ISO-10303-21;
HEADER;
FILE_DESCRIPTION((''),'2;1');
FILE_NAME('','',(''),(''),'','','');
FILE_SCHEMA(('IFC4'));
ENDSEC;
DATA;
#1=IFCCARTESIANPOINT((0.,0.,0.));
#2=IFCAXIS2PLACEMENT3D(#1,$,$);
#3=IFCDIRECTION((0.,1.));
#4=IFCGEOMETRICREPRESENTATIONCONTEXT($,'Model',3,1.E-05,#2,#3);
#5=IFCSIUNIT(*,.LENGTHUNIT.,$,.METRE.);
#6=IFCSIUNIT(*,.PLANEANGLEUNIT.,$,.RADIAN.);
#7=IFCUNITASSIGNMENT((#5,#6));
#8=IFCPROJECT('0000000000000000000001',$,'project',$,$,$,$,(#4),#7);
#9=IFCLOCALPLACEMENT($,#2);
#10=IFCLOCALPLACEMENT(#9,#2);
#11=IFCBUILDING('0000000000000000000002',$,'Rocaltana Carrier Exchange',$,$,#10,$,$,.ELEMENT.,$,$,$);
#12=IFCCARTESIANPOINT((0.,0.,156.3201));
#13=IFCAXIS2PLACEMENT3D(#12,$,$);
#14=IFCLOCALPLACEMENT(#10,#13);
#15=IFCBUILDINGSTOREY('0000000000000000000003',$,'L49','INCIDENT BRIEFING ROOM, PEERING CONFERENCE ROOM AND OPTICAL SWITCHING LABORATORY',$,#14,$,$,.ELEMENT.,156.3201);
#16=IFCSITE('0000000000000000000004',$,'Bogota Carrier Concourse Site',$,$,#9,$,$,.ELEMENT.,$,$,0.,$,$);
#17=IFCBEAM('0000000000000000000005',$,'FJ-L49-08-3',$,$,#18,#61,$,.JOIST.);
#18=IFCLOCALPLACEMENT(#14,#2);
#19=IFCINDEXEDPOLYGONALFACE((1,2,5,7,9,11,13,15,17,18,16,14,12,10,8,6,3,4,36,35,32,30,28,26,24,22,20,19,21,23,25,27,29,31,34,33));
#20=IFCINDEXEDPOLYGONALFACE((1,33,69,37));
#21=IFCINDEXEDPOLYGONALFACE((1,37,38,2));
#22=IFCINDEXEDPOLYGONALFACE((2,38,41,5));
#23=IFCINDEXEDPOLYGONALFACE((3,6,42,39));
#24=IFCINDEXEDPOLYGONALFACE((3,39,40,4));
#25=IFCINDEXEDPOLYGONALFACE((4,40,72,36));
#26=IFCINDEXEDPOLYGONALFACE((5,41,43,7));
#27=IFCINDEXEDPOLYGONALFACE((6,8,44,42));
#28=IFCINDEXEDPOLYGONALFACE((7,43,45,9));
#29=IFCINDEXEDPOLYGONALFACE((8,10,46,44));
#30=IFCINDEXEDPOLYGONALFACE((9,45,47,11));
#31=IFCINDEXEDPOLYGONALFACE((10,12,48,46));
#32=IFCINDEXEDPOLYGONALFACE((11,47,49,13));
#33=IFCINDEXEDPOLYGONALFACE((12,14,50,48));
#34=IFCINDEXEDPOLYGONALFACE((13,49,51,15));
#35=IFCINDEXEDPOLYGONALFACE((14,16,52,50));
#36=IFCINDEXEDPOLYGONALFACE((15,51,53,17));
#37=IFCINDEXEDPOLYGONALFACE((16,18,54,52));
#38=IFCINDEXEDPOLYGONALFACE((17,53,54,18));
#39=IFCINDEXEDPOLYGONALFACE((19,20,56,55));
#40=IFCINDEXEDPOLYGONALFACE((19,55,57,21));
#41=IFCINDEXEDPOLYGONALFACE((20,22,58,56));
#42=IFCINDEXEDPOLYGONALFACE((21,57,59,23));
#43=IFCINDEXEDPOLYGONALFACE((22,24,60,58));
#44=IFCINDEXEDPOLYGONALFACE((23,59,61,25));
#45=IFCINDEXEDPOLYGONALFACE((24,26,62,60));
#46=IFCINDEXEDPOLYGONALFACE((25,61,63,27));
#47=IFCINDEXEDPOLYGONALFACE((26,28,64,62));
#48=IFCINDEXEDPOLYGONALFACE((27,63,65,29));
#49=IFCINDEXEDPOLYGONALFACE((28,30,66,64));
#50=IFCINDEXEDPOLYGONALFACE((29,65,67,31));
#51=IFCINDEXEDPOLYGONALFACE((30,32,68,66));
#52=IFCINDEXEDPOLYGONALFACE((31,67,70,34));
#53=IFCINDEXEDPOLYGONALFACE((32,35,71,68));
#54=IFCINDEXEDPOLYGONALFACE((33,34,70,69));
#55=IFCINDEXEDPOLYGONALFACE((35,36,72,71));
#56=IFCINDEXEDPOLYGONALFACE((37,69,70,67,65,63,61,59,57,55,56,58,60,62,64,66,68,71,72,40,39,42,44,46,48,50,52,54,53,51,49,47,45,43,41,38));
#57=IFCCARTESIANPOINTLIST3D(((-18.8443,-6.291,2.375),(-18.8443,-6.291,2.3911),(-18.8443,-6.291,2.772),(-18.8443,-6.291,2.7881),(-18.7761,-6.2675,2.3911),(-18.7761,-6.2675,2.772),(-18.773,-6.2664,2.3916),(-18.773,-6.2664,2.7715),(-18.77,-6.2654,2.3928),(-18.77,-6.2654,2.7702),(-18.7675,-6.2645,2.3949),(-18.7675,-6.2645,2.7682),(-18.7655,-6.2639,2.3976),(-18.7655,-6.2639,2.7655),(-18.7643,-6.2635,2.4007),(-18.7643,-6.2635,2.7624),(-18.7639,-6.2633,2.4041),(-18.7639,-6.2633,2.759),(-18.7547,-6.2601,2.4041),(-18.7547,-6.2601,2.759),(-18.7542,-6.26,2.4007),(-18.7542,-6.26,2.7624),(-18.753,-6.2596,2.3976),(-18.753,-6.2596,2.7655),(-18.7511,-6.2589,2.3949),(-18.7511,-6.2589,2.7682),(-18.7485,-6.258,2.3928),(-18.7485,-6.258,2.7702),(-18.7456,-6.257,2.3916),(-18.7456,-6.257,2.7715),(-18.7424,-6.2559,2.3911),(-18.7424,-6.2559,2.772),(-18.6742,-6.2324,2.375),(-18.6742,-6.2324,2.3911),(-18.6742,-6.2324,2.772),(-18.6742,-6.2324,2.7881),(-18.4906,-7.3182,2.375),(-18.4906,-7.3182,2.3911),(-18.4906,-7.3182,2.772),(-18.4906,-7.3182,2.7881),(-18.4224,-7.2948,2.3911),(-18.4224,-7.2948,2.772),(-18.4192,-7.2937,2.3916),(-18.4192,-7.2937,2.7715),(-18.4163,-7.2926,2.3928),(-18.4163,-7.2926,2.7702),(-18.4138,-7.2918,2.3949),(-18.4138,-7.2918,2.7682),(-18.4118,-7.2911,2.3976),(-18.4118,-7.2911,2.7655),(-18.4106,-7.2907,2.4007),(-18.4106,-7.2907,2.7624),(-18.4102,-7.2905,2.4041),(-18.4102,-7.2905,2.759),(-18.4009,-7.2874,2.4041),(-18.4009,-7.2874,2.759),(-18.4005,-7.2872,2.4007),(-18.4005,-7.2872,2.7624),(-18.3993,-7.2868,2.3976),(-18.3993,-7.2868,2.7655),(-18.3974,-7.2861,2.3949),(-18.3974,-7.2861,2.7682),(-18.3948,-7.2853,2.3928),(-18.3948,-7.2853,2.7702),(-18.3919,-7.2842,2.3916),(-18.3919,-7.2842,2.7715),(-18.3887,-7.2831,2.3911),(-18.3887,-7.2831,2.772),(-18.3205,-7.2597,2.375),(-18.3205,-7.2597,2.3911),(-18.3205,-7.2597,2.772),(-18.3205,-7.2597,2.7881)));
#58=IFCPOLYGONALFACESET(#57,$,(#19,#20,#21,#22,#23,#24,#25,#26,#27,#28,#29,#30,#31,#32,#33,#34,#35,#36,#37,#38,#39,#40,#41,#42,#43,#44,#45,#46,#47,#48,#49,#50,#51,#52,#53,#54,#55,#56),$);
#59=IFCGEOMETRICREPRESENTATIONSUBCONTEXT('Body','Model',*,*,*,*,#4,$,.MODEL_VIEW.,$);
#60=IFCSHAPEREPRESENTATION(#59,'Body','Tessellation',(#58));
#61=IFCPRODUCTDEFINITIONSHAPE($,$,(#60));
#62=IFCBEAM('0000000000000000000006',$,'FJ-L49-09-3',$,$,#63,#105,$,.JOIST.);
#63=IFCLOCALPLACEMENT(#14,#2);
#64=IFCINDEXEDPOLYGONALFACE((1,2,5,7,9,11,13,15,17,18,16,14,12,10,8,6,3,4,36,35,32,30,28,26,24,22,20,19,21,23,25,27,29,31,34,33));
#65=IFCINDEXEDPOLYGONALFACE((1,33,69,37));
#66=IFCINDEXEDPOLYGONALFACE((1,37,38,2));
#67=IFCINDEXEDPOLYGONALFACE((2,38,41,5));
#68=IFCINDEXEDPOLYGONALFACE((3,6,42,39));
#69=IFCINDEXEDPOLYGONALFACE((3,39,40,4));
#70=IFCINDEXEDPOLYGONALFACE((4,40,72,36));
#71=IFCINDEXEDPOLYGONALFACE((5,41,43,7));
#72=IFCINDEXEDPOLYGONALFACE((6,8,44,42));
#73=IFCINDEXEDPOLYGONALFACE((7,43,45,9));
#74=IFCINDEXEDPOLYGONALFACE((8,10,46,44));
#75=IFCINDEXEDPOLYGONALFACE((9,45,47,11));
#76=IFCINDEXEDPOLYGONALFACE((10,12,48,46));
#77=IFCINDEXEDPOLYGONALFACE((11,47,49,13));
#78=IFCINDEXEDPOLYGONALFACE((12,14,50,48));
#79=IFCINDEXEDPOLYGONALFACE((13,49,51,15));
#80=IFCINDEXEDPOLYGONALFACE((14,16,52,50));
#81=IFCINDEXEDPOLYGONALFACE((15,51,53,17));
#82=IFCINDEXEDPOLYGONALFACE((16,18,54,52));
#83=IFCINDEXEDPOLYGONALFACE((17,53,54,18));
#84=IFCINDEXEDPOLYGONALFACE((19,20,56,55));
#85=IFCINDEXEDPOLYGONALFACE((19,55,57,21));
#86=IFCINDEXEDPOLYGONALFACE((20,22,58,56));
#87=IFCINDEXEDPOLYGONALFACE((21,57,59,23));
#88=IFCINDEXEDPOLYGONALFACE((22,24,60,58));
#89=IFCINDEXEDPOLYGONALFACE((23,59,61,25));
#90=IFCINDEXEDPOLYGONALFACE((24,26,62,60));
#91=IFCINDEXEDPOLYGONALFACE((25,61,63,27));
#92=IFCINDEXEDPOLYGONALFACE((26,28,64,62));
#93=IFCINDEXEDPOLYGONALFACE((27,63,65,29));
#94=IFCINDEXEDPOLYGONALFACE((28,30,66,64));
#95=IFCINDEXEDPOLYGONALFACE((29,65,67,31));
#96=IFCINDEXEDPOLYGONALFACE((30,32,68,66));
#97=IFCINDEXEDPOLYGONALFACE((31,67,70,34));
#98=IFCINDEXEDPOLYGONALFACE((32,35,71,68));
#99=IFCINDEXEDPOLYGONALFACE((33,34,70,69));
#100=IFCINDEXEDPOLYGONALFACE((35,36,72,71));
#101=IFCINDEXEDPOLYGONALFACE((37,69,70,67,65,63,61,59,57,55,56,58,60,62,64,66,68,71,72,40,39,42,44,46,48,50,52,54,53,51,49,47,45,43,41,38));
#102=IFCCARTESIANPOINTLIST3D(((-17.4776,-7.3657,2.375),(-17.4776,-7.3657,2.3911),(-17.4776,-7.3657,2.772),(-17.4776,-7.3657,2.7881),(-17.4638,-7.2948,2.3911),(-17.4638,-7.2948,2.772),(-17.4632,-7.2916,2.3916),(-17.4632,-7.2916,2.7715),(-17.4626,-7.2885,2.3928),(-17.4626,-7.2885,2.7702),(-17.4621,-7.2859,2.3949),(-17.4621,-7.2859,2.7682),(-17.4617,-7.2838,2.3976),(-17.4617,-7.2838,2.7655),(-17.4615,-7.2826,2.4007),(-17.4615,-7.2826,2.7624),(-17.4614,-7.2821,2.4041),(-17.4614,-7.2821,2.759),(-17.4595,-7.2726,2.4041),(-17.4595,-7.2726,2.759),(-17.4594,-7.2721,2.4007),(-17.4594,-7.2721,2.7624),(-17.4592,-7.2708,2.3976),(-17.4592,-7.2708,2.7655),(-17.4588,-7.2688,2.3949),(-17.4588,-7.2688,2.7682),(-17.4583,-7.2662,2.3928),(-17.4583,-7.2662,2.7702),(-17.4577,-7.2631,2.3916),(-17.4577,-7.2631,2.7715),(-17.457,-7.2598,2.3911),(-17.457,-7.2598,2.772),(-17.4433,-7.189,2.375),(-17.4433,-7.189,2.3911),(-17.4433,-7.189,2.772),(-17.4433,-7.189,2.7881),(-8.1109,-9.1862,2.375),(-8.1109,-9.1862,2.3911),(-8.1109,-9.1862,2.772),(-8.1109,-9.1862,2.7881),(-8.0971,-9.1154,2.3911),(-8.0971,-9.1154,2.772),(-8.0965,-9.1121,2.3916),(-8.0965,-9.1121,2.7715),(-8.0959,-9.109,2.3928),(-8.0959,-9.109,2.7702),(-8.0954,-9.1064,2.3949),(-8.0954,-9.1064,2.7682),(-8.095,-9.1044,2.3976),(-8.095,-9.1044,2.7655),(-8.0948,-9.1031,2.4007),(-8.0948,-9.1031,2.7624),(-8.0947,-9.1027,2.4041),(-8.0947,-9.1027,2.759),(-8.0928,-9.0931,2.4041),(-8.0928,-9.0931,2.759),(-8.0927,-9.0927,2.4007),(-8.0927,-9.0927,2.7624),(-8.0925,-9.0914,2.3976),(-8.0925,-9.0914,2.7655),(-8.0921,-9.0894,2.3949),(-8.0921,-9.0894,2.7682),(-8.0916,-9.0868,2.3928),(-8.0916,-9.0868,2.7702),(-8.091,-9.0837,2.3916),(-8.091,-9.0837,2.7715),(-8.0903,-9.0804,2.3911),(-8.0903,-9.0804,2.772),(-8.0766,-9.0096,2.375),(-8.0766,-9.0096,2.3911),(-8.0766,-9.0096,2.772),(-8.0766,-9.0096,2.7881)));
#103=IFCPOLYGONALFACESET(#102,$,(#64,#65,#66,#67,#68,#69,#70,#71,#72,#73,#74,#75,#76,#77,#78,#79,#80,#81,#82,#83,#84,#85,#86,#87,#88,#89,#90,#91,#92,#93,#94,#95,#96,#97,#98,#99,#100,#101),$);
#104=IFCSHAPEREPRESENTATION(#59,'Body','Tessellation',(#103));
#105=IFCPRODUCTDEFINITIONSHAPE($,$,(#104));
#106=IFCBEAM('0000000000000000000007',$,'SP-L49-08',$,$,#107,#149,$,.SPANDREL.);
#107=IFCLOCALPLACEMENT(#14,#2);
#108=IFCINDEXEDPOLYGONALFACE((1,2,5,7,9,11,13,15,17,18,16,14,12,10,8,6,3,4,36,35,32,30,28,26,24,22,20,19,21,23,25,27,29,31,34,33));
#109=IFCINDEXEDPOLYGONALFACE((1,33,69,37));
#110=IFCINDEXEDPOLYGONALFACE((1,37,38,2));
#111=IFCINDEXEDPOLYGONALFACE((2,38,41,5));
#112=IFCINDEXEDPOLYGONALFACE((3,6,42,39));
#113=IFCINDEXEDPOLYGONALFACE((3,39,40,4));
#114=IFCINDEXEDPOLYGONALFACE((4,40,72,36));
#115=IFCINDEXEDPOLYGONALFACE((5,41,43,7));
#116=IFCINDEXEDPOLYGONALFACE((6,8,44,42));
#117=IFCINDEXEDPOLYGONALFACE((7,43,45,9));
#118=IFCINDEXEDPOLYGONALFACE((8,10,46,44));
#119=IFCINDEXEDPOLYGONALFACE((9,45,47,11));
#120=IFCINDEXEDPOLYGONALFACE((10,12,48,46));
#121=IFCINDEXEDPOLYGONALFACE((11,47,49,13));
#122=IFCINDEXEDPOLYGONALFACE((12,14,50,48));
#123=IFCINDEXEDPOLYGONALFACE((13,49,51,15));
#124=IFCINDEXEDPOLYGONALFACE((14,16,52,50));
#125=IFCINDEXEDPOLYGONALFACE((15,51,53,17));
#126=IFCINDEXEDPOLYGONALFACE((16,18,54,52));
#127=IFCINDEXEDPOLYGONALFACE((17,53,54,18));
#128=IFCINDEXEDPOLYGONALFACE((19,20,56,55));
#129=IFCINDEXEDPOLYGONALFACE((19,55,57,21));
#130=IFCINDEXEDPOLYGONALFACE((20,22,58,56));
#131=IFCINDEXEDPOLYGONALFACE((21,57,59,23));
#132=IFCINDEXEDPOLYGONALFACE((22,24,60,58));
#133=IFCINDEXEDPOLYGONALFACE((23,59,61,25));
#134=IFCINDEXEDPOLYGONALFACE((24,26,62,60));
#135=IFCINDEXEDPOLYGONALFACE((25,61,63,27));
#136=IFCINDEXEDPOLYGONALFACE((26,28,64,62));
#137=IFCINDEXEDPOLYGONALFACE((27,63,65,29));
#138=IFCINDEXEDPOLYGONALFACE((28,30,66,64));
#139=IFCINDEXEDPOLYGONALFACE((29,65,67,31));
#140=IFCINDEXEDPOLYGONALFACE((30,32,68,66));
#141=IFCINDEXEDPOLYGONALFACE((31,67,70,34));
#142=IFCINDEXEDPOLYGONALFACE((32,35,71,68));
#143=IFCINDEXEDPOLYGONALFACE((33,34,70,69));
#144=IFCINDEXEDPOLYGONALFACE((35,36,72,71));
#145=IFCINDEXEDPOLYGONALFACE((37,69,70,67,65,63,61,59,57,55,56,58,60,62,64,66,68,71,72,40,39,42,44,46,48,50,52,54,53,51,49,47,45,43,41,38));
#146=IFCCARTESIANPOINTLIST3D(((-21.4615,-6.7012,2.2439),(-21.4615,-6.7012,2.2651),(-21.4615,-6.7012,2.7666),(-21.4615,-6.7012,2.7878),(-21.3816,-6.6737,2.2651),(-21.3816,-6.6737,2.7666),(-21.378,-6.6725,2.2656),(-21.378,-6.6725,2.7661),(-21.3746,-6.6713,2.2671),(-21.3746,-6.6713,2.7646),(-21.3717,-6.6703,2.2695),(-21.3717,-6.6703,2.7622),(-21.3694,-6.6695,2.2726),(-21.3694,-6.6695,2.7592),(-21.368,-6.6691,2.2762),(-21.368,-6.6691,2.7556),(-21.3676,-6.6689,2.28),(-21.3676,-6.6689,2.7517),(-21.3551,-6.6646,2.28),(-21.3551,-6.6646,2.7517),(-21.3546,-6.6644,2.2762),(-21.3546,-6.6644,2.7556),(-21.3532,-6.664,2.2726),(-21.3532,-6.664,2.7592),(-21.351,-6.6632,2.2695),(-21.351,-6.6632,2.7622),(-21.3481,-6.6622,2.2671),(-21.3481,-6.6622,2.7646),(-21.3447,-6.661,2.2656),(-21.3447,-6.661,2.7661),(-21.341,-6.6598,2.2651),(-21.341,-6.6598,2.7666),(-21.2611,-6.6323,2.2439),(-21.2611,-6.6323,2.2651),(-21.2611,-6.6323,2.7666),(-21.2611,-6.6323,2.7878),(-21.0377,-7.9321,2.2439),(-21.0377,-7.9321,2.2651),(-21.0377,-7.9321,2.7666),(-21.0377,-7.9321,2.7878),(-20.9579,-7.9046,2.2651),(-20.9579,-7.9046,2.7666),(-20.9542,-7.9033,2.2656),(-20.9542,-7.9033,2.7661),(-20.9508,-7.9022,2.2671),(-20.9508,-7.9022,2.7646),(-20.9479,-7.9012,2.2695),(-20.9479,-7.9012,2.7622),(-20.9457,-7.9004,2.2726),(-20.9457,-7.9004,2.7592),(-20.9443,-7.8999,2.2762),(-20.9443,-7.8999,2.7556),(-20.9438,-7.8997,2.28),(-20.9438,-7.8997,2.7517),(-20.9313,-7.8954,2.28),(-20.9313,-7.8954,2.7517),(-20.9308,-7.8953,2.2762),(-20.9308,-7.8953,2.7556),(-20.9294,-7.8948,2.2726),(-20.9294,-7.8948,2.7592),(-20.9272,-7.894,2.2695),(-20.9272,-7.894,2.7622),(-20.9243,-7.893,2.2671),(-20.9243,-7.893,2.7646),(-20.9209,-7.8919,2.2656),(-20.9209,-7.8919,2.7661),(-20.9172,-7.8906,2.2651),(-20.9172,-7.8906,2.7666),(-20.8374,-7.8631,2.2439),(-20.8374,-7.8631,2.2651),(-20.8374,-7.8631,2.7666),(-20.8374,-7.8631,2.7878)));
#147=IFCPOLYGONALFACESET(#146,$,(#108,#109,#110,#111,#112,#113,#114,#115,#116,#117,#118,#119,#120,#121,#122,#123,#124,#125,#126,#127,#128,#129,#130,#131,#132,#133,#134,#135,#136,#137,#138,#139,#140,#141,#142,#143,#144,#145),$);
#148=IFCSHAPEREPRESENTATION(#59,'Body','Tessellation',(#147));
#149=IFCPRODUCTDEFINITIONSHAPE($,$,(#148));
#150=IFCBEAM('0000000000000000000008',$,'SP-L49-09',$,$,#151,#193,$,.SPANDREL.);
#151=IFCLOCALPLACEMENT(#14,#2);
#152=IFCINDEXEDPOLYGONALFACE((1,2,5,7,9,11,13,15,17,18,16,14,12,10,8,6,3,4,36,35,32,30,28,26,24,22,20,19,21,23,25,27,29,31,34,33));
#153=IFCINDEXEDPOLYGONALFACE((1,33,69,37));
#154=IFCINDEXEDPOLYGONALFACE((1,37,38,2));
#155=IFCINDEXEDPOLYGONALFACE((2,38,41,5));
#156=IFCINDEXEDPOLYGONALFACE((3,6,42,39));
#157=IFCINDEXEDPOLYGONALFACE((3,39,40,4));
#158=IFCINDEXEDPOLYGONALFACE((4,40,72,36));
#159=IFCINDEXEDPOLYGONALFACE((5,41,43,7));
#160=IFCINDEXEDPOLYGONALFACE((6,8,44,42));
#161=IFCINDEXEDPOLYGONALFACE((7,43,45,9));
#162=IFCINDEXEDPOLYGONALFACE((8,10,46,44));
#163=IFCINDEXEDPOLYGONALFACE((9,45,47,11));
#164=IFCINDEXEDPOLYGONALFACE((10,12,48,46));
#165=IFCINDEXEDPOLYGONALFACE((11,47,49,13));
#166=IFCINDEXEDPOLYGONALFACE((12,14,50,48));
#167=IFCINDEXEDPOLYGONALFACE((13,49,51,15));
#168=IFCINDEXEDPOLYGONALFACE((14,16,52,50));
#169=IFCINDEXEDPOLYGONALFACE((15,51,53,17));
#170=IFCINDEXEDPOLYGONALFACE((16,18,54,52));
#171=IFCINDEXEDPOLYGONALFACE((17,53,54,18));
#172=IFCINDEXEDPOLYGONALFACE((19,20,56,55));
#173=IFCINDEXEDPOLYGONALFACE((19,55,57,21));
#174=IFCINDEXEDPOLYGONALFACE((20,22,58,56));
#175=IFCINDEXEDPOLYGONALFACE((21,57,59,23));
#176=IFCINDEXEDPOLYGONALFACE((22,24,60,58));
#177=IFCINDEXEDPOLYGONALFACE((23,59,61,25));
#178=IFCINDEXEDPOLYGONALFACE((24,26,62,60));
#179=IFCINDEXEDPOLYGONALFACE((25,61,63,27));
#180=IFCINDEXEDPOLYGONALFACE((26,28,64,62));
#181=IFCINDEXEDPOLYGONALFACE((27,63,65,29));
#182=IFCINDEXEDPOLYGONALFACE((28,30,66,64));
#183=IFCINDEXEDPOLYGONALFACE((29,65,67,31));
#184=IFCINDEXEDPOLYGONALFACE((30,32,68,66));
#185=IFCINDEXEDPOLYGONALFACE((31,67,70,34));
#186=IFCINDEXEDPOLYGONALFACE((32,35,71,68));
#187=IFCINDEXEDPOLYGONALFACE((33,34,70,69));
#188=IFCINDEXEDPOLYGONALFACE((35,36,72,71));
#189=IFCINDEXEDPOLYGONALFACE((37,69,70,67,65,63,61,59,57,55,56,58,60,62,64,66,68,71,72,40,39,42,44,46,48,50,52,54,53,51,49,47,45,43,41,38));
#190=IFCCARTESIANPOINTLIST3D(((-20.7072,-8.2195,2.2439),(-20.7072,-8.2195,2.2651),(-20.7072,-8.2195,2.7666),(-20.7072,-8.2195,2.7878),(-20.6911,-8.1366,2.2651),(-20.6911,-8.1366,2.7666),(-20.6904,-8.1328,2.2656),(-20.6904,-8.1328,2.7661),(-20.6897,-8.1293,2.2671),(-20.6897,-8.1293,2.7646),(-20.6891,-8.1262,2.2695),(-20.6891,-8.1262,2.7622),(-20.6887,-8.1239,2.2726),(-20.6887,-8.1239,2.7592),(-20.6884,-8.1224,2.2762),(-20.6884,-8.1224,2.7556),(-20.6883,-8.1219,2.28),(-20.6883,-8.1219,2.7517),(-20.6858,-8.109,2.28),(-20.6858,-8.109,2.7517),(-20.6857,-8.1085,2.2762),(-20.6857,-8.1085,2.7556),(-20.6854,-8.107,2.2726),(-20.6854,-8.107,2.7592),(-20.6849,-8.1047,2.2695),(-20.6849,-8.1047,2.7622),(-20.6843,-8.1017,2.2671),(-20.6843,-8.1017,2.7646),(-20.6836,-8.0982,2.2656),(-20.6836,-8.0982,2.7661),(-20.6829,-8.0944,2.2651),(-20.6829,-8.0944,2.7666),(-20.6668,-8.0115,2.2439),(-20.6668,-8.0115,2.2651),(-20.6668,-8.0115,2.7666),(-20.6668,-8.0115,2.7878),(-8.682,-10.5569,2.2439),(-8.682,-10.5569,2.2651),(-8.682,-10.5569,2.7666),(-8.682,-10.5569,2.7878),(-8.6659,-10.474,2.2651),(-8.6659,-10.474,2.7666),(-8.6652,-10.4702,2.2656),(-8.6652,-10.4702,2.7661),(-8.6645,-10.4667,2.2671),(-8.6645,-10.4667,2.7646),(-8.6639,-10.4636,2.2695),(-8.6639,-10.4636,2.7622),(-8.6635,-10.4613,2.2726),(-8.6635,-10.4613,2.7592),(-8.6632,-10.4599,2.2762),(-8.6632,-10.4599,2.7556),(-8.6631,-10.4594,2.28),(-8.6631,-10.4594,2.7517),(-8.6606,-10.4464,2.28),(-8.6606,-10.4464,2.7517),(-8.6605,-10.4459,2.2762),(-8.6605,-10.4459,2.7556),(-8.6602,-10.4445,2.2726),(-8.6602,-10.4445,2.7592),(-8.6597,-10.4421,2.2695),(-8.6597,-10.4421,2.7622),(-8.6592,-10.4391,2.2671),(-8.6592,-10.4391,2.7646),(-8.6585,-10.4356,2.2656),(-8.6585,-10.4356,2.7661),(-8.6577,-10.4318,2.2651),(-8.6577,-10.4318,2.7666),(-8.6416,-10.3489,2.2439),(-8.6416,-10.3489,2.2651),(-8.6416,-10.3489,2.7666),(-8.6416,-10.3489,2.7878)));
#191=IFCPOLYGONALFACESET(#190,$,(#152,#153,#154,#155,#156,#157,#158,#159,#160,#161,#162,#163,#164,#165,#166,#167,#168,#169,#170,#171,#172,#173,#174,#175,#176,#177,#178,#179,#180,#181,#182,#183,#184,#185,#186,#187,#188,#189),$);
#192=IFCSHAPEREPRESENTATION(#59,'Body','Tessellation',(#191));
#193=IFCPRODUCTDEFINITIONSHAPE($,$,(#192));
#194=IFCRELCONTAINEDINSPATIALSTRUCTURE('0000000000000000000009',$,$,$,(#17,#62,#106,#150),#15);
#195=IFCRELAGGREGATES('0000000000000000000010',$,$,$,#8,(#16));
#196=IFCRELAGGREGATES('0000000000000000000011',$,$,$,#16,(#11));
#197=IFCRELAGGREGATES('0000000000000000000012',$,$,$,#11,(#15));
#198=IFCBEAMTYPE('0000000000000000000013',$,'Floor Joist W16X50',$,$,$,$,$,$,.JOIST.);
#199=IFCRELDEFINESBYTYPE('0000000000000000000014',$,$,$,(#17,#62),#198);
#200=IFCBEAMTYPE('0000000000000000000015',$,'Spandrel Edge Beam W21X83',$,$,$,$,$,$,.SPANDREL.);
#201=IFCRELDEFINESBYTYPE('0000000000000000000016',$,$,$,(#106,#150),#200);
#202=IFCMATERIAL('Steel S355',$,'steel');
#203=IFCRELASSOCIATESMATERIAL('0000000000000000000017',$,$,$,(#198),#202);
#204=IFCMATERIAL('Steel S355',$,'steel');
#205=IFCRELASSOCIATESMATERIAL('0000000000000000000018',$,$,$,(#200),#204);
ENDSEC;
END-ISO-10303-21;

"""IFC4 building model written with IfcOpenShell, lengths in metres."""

from ifc_helpers import new_model, si_unit, direction, frame, origin, origin_2d, place, context, subcontext, project, spatial, i_section, extrude, material, material_profile, profile_set, type_object, element, save


model = new_model("IFC4")

# Units and contexts
model_context = context("Model", 3, precision=1e-05, world=origin(), true_north=direction((0.0, 1.0)))
body_context = subcontext(model_context, "Body", "Model", "MODEL_VIEW")
ifc_project = project(units=[si_unit("LENGTHUNIT", "METRE"), si_unit("PLANEANGLEUNIT", "RADIAN")], contexts=[model_context])

# Site, building, storey
site_placement = place(None, origin())
site = spatial("IfcSite", under=ifc_project, at=site_placement, Name="Bogota Carrier Concourse Site", CompositionType="ELEMENT", RefElevation=0.0)
building_placement = place(site_placement, origin())
building = spatial("IfcBuilding", under=site, at=building_placement, Name="Rocaltana Carrier Exchange", CompositionType="ELEMENT")
storey_placement = place(building_placement, frame((0.0, 0.0, 156.3201)))
storey = spatial("IfcBuildingStorey", under=building, at=storey_placement, Name="L49", Description="INCIDENT BRIEFING ROOM, PEERING CONFERENCE ROOM AND OPTICAL SWITCHING LABORATORY", CompositionType="ELEMENT", Elevation=156.3201)

# Beams
ifc_material_1 = material(Name="Steel S355", Category="steel")
ifc_material_profile_1 = material_profile(ifc_material_1, i_section(OverallWidth=0.1799, OverallDepth=0.4131, WebThickness=0.0098, FlangeThickness=0.0161, FilletRadius=0.0129, at=origin_2d()), Name="W16X50")
ifc_profile_set_1 = profile_set([ifc_material_profile_1], Name="Steel S355")
beam_type_1 = type_object("IfcBeamType", Name="Floor Joist W16X50", PredefinedType="JOIST", material=ifc_profile_set_1)
beam_1_placement = place(storey_placement, frame((-18.7593, -6.2617, 2.5815), z_axis=(0.325582, -0.945514, 0.0), x_axis=(0.945514, 0.325582, 0.0)))
element("IfcBeam", 1, at=beam_1_placement, inside=storey, type_object=beam_type_1, Name="FJ-L49-08-3", PredefinedType="JOIST", context=body_context, shape_type="SweptSolid", body=[
    extrude(i_section(OverallWidth=0.1799, OverallDepth=0.4131, WebThickness=0.0098, FlangeThickness=0.0161, FilletRadius=0.0129, at=origin_2d()), origin(), (0.0, 0.0, 1.0), 1.0864),
])
beam_2_placement = place(storey_placement, frame((-17.4604, -7.2773, 2.5815), z_axis=(0.98163, -0.190794, 0.0), x_axis=(0.190794, 0.98163, 0.0)))
element("IfcBeam", 2, at=beam_2_placement, inside=storey, type_object=beam_type_1, Name="FJ-L49-09-3", PredefinedType="JOIST", context=body_context, shape_type="SweptSolid", body=[
    extrude(i_section(OverallWidth=0.1799, OverallDepth=0.4131, WebThickness=0.0098, FlangeThickness=0.0161, FilletRadius=0.0129, at=origin_2d()), origin(), (0.0, 0.0, 1.0), 9.542),
])
ifc_material_2 = material(Name="Steel S355", Category="steel")
ifc_material_profile_2 = material_profile(ifc_material_2, i_section(OverallWidth=0.2119, OverallDepth=0.5439, WebThickness=0.0132, FlangeThickness=0.0212, FilletRadius=0.0149, at=origin_2d()), Name="W21X83")
ifc_profile_set_2 = profile_set([ifc_material_profile_2], Name="Steel S355")
beam_type_2 = type_object("IfcBeamType", Name="Spandrel Edge Beam W21X83", PredefinedType="SPANDREL", material=ifc_profile_set_2)
beam_3_placement = place(storey_placement, frame((-21.3613, -6.6667, 2.5159), z_axis=(0.325551, -0.945524, 0.0), x_axis=(0.945524, 0.325551, 0.0)))
element("IfcBeam", 3, at=beam_3_placement, inside=storey, type_object=beam_type_2, Name="SP-L49-08", PredefinedType="SPANDREL", context=body_context, shape_type="SweptSolid", body=[
    extrude(i_section(OverallWidth=0.2119, OverallDepth=0.5439, WebThickness=0.0132, FlangeThickness=0.0212, FilletRadius=0.0149, at=origin_2d()), origin(), (0.0, 0.0, 1.0), 1.3018),
])
beam_4_placement = place(storey_placement, frame((-20.687, -8.1155, 2.5159), z_axis=(0.981628, -0.190805, 0.0), x_axis=(0.190805, 0.981628, 0.0)))
element("IfcBeam", 4, at=beam_4_placement, inside=storey, type_object=beam_type_2, Name="SP-L49-09", PredefinedType="SPANDREL", context=body_context, shape_type="SweptSolid", body=[
    extrude(i_section(OverallWidth=0.2119, OverallDepth=0.5439, WebThickness=0.0132, FlangeThickness=0.0212, FilletRadius=0.0149, at=origin_2d()), origin(), (0.0, 0.0, 1.0), 12.2502),
])

save(model, "model.ifc")
